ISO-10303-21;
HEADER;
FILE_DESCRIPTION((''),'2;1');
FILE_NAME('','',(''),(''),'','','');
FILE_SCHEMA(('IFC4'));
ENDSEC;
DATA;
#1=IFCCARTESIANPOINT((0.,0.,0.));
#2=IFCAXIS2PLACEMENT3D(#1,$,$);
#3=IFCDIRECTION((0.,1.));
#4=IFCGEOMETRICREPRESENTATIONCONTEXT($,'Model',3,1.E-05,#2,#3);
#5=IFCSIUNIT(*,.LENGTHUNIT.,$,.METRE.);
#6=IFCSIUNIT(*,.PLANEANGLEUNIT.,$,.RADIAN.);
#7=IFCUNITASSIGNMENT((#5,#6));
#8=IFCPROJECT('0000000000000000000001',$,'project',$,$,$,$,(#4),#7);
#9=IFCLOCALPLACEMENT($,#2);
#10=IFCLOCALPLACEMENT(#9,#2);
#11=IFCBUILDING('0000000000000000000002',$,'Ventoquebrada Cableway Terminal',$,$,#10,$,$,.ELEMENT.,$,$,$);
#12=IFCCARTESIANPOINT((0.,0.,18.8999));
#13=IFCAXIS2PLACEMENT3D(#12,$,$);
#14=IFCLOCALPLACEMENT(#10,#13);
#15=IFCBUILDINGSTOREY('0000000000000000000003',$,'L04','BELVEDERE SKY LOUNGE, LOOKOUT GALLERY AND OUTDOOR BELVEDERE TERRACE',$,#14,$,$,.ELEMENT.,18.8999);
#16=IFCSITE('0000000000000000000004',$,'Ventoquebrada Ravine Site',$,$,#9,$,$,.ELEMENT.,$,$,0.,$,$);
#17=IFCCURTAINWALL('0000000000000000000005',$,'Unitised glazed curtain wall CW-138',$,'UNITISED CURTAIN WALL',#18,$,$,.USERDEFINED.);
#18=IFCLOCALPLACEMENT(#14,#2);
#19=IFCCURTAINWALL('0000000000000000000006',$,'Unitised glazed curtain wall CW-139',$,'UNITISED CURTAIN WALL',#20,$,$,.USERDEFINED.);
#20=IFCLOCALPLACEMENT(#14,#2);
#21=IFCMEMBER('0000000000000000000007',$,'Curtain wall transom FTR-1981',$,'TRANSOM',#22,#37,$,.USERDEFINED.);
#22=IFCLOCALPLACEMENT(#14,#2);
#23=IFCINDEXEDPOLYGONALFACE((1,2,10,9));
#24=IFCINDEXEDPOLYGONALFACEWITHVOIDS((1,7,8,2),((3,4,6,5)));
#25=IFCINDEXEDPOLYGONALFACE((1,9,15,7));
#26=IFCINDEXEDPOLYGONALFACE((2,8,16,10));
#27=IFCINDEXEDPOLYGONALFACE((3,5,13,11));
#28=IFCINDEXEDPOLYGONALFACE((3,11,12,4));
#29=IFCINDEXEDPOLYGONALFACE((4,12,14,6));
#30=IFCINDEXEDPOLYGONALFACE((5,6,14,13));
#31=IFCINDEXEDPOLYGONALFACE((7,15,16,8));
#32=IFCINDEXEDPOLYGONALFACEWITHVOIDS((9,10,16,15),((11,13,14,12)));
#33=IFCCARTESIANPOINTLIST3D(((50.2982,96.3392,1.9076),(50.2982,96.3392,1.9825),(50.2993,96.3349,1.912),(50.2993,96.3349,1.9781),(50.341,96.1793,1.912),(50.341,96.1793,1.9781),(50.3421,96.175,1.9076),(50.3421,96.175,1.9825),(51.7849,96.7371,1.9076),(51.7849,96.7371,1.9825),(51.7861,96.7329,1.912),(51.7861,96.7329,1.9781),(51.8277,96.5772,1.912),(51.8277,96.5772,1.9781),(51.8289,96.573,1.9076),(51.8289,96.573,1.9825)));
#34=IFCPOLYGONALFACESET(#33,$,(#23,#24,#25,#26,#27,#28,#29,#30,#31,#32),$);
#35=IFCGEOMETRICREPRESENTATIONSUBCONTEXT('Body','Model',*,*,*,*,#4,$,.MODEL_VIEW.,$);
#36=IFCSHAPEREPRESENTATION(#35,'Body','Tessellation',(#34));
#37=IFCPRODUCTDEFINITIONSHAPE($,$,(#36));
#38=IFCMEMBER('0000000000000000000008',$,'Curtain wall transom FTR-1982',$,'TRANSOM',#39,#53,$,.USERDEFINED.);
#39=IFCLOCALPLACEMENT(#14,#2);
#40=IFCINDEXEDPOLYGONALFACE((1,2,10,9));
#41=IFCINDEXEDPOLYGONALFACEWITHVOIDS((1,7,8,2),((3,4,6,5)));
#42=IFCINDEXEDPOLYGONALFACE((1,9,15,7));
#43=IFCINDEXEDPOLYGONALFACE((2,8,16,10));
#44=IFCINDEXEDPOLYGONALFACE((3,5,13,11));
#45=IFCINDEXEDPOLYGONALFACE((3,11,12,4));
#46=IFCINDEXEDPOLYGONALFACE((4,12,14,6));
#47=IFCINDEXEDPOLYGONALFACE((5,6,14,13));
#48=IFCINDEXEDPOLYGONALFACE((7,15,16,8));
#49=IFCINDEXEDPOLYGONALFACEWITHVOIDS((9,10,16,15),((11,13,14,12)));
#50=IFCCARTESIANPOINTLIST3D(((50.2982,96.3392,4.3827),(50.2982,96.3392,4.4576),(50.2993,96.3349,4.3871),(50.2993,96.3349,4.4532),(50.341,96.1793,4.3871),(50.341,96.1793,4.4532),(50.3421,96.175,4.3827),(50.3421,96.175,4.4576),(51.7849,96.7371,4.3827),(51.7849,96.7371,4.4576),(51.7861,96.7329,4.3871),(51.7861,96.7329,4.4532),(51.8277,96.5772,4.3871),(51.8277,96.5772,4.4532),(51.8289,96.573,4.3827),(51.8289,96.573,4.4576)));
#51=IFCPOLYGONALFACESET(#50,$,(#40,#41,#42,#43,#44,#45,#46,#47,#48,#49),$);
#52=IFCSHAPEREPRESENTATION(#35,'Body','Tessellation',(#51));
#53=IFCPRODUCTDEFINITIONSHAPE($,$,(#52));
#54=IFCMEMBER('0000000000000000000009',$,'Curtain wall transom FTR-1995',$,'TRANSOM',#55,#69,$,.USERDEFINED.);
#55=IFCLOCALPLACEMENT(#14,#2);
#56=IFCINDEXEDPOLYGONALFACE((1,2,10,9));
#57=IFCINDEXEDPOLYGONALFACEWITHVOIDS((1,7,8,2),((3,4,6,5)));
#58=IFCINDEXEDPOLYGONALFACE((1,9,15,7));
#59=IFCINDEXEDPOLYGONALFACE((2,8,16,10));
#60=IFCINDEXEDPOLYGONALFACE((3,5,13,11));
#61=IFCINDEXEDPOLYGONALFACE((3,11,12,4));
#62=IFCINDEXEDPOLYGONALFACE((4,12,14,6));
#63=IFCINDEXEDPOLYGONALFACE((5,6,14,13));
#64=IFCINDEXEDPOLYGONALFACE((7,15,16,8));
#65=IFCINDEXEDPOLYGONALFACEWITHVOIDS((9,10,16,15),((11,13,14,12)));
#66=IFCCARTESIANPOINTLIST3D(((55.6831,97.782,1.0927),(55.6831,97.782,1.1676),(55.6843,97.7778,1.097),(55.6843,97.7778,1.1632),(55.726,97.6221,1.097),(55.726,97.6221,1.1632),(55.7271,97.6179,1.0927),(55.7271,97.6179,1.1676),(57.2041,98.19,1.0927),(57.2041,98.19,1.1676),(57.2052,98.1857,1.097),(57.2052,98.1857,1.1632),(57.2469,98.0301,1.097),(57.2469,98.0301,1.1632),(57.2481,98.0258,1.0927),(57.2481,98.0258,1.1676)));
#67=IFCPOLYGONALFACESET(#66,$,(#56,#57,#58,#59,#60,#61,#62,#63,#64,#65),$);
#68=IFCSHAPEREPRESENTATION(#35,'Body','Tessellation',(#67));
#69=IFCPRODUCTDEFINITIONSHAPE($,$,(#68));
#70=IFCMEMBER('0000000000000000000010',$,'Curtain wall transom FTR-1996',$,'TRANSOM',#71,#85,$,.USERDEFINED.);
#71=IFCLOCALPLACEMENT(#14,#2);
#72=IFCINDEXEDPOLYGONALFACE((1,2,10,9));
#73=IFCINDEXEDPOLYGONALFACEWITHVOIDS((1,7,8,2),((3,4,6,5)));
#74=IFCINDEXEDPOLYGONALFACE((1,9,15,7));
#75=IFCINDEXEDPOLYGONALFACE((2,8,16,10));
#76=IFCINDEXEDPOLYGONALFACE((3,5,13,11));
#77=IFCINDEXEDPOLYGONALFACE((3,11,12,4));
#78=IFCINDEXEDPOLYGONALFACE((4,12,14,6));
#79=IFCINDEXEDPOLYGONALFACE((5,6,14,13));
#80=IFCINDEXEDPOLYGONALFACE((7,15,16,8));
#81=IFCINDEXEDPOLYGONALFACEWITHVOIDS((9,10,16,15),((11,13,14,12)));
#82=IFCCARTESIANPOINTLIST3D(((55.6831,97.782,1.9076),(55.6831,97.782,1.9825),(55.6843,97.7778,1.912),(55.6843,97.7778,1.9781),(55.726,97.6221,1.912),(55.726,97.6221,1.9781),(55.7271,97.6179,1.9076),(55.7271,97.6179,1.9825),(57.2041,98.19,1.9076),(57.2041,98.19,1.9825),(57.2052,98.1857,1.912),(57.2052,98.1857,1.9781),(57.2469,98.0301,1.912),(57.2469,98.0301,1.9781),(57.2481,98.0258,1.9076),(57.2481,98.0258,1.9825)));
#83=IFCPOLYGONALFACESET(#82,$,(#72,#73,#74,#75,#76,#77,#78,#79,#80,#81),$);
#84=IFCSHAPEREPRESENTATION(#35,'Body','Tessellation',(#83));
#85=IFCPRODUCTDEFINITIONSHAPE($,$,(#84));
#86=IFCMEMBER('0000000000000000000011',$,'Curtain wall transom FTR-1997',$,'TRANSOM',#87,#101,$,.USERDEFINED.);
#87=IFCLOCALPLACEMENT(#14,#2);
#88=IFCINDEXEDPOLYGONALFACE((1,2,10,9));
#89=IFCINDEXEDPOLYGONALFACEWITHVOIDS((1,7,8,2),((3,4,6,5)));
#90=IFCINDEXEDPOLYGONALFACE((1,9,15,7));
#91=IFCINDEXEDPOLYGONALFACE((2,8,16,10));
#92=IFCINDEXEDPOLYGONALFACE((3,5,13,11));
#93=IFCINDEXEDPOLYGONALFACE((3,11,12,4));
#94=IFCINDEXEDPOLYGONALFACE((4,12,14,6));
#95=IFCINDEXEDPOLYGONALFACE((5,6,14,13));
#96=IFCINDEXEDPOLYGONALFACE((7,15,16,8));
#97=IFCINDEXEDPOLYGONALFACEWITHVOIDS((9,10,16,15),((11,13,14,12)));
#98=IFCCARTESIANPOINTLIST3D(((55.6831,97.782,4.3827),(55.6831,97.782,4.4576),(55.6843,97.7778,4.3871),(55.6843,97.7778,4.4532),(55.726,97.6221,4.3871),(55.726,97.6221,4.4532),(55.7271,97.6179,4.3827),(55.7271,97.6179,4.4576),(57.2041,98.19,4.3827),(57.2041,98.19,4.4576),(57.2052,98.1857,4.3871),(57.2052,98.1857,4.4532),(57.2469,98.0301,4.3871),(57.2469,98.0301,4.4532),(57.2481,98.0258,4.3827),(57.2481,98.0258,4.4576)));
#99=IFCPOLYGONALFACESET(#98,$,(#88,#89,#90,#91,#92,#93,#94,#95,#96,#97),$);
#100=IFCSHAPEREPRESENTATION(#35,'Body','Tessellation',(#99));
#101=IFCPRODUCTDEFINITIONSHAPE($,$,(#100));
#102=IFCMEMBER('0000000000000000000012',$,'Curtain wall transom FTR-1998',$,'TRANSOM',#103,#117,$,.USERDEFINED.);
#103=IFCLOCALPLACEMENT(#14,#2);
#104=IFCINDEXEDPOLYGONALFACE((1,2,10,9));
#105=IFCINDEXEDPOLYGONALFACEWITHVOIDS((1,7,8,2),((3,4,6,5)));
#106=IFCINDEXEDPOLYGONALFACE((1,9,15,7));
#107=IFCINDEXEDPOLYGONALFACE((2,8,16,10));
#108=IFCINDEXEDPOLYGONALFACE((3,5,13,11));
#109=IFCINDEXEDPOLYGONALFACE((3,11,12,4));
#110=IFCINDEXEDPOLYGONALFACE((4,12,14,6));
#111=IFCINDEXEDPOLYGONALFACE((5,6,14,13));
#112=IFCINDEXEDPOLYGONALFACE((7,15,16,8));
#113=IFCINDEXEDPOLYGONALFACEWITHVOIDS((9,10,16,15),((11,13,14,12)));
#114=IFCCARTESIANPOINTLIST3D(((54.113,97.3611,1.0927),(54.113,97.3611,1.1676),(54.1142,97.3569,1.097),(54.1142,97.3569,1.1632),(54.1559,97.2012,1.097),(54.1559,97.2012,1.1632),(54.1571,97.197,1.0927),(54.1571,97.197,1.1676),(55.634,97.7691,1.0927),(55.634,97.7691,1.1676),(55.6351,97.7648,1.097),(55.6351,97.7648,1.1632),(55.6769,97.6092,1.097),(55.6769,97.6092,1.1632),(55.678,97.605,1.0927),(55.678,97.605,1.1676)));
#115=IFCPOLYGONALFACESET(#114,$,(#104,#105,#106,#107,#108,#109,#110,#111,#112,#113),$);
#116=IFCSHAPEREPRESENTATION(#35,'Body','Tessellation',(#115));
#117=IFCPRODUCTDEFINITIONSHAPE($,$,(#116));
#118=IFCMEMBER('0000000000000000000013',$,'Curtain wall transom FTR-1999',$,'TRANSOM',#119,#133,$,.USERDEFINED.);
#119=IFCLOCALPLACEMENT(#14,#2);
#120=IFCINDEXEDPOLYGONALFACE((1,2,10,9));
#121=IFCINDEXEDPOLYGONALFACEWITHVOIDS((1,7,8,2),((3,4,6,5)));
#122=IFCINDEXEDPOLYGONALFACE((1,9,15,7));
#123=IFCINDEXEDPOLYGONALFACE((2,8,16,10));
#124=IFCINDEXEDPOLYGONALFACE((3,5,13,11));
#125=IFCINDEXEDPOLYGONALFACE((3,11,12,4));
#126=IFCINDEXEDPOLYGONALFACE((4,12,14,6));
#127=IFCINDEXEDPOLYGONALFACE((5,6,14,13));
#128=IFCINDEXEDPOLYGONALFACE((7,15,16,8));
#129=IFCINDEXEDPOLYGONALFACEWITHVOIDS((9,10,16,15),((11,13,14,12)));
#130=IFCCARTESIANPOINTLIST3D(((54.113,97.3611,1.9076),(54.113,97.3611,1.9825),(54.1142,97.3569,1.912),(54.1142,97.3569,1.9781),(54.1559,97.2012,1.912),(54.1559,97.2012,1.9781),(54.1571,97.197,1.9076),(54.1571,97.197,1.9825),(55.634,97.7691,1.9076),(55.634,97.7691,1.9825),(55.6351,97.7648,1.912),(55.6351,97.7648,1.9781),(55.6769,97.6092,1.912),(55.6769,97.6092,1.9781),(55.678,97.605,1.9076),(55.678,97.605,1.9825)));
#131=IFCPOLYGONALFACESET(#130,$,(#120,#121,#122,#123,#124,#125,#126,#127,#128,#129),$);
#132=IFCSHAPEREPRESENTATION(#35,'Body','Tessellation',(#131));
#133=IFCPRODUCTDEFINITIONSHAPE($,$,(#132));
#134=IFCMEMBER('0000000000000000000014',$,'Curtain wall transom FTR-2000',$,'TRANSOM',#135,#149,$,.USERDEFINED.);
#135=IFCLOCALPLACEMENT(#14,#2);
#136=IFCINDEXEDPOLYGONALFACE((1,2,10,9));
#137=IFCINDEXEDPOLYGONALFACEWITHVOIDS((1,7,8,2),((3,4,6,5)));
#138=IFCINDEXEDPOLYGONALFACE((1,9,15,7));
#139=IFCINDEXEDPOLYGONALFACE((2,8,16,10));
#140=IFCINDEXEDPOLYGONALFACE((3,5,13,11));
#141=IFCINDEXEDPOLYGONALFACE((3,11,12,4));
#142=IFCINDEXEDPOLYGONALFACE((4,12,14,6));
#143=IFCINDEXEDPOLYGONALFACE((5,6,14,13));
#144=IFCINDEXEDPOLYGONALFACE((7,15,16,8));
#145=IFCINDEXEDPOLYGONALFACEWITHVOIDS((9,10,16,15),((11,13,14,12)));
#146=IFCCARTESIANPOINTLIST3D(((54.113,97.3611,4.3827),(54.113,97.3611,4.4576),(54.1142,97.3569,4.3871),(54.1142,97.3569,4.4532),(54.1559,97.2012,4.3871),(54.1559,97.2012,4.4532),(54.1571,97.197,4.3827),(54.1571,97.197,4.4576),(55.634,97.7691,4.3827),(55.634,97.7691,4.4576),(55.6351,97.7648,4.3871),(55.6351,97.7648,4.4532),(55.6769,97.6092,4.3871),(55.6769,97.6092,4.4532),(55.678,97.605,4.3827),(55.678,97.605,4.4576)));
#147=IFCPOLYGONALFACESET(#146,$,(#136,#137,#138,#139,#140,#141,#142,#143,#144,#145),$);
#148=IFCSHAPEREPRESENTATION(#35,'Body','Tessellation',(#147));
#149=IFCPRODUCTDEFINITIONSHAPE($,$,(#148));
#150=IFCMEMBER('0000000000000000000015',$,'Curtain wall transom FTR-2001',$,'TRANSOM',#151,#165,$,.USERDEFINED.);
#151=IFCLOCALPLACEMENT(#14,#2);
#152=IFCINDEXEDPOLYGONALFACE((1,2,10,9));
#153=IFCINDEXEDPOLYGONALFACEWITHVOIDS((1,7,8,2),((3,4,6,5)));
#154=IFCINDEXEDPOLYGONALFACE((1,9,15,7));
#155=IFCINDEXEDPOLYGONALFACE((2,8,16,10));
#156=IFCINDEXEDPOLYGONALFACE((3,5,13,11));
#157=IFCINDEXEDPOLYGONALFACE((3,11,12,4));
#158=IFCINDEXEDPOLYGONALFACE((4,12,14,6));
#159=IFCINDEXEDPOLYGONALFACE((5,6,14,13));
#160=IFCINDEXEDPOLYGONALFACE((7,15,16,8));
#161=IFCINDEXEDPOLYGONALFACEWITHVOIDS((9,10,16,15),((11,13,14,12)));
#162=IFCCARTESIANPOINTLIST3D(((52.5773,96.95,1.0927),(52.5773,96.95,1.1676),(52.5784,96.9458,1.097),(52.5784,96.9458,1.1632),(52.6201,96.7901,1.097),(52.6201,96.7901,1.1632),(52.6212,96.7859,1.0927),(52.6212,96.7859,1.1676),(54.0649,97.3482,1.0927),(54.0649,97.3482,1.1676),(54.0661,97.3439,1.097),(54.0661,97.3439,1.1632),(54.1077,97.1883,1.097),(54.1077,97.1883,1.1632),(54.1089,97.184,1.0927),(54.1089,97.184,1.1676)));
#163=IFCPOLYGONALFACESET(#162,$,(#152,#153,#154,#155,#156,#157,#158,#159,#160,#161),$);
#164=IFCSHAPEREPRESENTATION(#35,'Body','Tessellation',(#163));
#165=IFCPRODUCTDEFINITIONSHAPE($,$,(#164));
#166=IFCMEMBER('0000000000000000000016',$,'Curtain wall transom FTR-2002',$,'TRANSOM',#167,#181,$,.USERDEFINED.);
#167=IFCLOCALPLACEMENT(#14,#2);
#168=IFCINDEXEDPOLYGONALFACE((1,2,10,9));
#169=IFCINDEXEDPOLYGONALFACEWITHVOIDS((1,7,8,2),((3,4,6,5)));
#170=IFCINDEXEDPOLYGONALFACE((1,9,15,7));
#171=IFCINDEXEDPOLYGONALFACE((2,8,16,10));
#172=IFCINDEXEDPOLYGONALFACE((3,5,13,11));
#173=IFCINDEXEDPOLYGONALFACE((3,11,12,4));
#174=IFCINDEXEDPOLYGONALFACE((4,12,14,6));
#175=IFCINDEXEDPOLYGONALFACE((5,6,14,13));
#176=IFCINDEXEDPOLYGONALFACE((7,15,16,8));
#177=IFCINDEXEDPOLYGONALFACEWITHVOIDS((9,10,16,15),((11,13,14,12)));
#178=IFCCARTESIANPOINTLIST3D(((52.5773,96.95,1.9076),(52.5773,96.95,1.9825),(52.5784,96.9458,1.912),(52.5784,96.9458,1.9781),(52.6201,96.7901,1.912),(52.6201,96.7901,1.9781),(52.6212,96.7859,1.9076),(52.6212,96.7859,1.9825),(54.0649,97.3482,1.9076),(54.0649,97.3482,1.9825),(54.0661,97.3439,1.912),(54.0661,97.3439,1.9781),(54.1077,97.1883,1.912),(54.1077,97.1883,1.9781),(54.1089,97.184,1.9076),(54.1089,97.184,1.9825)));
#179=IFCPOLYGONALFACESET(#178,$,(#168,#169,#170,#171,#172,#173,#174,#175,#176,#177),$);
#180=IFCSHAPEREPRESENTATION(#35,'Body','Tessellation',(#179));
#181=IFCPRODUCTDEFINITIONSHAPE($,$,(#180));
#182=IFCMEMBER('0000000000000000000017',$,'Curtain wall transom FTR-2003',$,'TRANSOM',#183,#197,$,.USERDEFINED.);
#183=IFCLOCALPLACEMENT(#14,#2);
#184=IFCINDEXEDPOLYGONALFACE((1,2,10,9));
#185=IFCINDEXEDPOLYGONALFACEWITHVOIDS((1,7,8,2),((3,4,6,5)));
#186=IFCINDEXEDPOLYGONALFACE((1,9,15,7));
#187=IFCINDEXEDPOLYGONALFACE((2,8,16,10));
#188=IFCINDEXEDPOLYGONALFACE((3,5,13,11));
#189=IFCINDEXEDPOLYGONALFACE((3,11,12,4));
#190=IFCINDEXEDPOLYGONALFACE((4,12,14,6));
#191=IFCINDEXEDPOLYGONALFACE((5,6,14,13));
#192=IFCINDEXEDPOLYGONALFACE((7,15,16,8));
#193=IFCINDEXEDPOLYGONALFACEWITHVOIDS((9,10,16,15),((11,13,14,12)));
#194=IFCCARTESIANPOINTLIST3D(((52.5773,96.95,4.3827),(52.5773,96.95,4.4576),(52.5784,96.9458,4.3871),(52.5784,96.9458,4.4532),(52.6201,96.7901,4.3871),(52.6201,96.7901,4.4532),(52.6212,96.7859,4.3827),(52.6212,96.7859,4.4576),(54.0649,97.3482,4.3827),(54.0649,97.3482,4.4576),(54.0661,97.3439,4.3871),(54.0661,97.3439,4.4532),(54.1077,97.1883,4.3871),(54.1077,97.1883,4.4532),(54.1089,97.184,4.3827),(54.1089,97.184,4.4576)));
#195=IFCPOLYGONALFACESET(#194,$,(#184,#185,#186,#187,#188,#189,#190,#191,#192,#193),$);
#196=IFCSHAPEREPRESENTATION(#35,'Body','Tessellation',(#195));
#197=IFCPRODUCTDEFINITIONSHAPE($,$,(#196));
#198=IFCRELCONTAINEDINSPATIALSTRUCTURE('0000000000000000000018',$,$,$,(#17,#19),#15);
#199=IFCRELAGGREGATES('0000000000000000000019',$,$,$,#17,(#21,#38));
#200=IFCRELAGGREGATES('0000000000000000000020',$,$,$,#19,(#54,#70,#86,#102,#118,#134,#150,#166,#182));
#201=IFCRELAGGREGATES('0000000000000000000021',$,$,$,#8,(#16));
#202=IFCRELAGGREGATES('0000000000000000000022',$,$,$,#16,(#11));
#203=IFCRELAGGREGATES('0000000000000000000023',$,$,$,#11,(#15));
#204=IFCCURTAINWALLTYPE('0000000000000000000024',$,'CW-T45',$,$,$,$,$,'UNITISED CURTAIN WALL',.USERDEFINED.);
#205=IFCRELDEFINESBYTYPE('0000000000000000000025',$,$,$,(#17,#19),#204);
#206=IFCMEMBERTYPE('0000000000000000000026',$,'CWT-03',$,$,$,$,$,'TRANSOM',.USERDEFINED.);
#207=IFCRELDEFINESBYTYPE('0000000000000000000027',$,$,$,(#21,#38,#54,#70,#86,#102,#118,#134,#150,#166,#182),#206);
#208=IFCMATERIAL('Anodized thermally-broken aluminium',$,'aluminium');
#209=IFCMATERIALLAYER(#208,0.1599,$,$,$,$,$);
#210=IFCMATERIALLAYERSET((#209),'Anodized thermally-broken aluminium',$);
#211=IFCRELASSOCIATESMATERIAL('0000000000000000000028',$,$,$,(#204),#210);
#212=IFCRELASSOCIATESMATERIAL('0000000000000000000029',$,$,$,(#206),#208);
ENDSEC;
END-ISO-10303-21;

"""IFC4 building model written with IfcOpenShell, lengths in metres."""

from ifc_helpers import new_model, si_unit, direction, frame, origin, origin_2d, place, context, subcontext, project, spatial, hollow_rectangle, extrude, material, layer, layer_set, material_profile, profile_set, type_object, element, aggregate, save


model = new_model("IFC4")

# Units and contexts
model_context = context("Model", 3, precision=1e-05, world=origin(), true_north=direction((0.0, 1.0)))
body_context = subcontext(model_context, "Body", "Model", "MODEL_VIEW")
ifc_project = project(units=[si_unit("LENGTHUNIT", "METRE"), si_unit("PLANEANGLEUNIT", "RADIAN")], contexts=[model_context])

# Site, building, storey
site_placement = place(None, origin())
site = spatial("IfcSite", under=ifc_project, at=site_placement, Name="Ventoquebrada Ravine Site", CompositionType="ELEMENT", RefElevation=0.0)
building_placement = place(site_placement, origin())
building = spatial("IfcBuilding", under=site, at=building_placement, Name="Ventoquebrada Cableway Terminal", CompositionType="ELEMENT")
storey_placement = place(building_placement, frame((0.0, 0.0, 18.8999)))
storey = spatial("IfcBuildingStorey", under=building, at=storey_placement, Name="L04", Description="BELVEDERE SKY LOUNGE, LOOKOUT GALLERY AND OUTDOOR BELVEDERE TERRACE", CompositionType="ELEMENT", Elevation=18.8999)

# Curtain wall
ifc_material_1 = material(Name="Anodized thermally-broken aluminium", Category="aluminium")
ifc_layer_1 = layer(ifc_material_1, 0.1599)
ifc_layer_set_1 = layer_set([ifc_layer_1], Name="Anodized thermally-broken aluminium")
curtain_wall_type = type_object("IfcCurtainWallType", Name="CW-T45", ElementType="UNITISED CURTAIN WALL", PredefinedType="USERDEFINED", material=ifc_layer_set_1)
curtain_wall_1_placement = place(storey_placement, origin())
curtain_wall_1 = element("IfcCurtainWall", 1, at=curtain_wall_1_placement, inside=storey, type_object=curtain_wall_type, Name="Unitised glazed curtain wall CW-138", ObjectType="UNITISED CURTAIN WALL", PredefinedType="USERDEFINED")

# Curtain wall
curtain_wall_2_placement = place(storey_placement, origin())
curtain_wall_2 = element("IfcCurtainWall", 2, at=curtain_wall_2_placement, inside=storey, type_object=curtain_wall_type, Name="Unitised glazed curtain wall CW-139", ObjectType="UNITISED CURTAIN WALL", PredefinedType="USERDEFINED")

# Members
ifc_material_profile_1 = material_profile(ifc_material_1, hollow_rectangle(XDim=0.075, YDim=0.1699, WallThickness=0.0044, at=origin_2d()), Name="CW-TRN-75X170")
ifc_profile_set_1 = profile_set([ifc_material_profile_1], Name="Anodized thermally-broken aluminium")
member_type_1 = type_object("IfcMemberType", Name="CWT-03", ElementType="TRANSOM", PredefinedType="USERDEFINED", material=ifc_profile_set_1)
member_1_placement = place(storey_placement, frame((51.8069, 96.655, 1.9451), z_axis=(-0.965998, -0.258551, 0.0), x_axis=(0.0, 0.0, 1.0)))
member_1 = element("IfcMember", 3, at=member_1_placement, type_object=member_type_1, Name="Curtain wall transom FTR-1981", ObjectType="TRANSOM", PredefinedType="USERDEFINED", context=body_context, shape_type="SweptSolid", body=[
    extrude(hollow_rectangle(XDim=0.075, YDim=0.1699, WallThickness=0.0044, at=origin_2d()), origin(), (0.0, 0.0, 1.0), 1.5391),
])
member_2_placement = place(storey_placement, frame((51.8069, 96.655, 4.4202), z_axis=(-0.965998, -0.258551, 0.0), x_axis=(0.0, 0.0, 1.0)))
member_2 = element("IfcMember", 4, at=member_2_placement, type_object=member_type_1, Name="Curtain wall transom FTR-1982", ObjectType="TRANSOM", PredefinedType="USERDEFINED", context=body_context, shape_type="SweptSolid", body=[
    extrude(hollow_rectangle(XDim=0.075, YDim=0.1699, WallThickness=0.0044, at=origin_2d()), origin(), (0.0, 0.0, 1.0), 1.5391),
])
member_3_placement = place(storey_placement, frame((57.2261, 98.1079, 1.1301), z_axis=(-0.965861, -0.259062, 0.0), x_axis=(0.0, 0.0, 1.0)))
member_3 = element("IfcMember", 5, at=member_3_placement, type_object=member_type_1, Name="Curtain wall transom FTR-1995", ObjectType="TRANSOM", PredefinedType="USERDEFINED", context=body_context, shape_type="SweptSolid", body=[
    extrude(hollow_rectangle(XDim=0.075, YDim=0.1699, WallThickness=0.0044, at=origin_2d()), origin(), (0.0, 0.0, 1.0), 1.5747),
])
member_4_placement = place(storey_placement, frame((57.2261, 98.1079, 1.9451), z_axis=(-0.965861, -0.259062, 0.0), x_axis=(0.0, 0.0, 1.0)))
member_4 = element("IfcMember", 6, at=member_4_placement, type_object=member_type_1, Name="Curtain wall transom FTR-1996", ObjectType="TRANSOM", PredefinedType="USERDEFINED", context=body_context, shape_type="SweptSolid", body=[
    extrude(hollow_rectangle(XDim=0.075, YDim=0.1699, WallThickness=0.0044, at=origin_2d()), origin(), (0.0, 0.0, 1.0), 1.5747),
])
member_5_placement = place(storey_placement, frame((57.2261, 98.1079, 4.4202), z_axis=(-0.965861, -0.259062, 0.0), x_axis=(0.0, 0.0, 1.0)))
member_5 = element("IfcMember", 7, at=member_5_placement, type_object=member_type_1, Name="Curtain wall transom FTR-1997", ObjectType="TRANSOM", PredefinedType="USERDEFINED", context=body_context, shape_type="SweptSolid", body=[
    extrude(hollow_rectangle(XDim=0.075, YDim=0.1699, WallThickness=0.0044, at=origin_2d()), origin(), (0.0, 0.0, 1.0), 1.5747),
])
member_6_placement = place(storey_placement, frame((55.656, 97.687, 1.1301), z_axis=(-0.965861, -0.259062, 0.0), x_axis=(0.0, 0.0, 1.0)))
member_6 = element("IfcMember", 8, at=member_6_placement, type_object=member_type_1, Name="Curtain wall transom FTR-1998", ObjectType="TRANSOM", PredefinedType="USERDEFINED", context=body_context, shape_type="SweptSolid", body=[
    extrude(hollow_rectangle(XDim=0.075, YDim=0.1699, WallThickness=0.0044, at=origin_2d()), origin(), (0.0, 0.0, 1.0), 1.5747),
])
member_7_placement = place(storey_placement, frame((55.656, 97.687, 1.9451), z_axis=(-0.965861, -0.259062, 0.0), x_axis=(0.0, 0.0, 1.0)))
member_7 = element("IfcMember", 9, at=member_7_placement, type_object=member_type_1, Name="Curtain wall transom FTR-1999", ObjectType="TRANSOM", PredefinedType="USERDEFINED", context=body_context, shape_type="SweptSolid", body=[
    extrude(hollow_rectangle(XDim=0.075, YDim=0.1699, WallThickness=0.0044, at=origin_2d()), origin(), (0.0, 0.0, 1.0), 1.5747),
])
member_8_placement = place(storey_placement, frame((55.656, 97.687, 4.4202), z_axis=(-0.965861, -0.259062, 0.0), x_axis=(0.0, 0.0, 1.0)))
member_8 = element("IfcMember", 10, at=member_8_placement, type_object=member_type_1, Name="Curtain wall transom FTR-2000", ObjectType="TRANSOM", PredefinedType="USERDEFINED", context=body_context, shape_type="SweptSolid", body=[
    extrude(hollow_rectangle(XDim=0.075, YDim=0.1699, WallThickness=0.0044, at=origin_2d()), origin(), (0.0, 0.0, 1.0), 1.5747),
])
member_9_placement = place(storey_placement, frame((54.0869, 97.2661, 1.1301), z_axis=(-0.966, -0.258541, 0.0), x_axis=(0.0, 0.0, 1.0)))
member_9 = element("IfcMember", 11, at=member_9_placement, type_object=member_type_1, Name="Curtain wall transom FTR-2001", ObjectType="TRANSOM", PredefinedType="USERDEFINED", context=body_context, shape_type="SweptSolid", body=[
    extrude(hollow_rectangle(XDim=0.075, YDim=0.1699, WallThickness=0.0044, at=origin_2d()), origin(), (0.0, 0.0, 1.0), 1.54),
])
member_10_placement = place(storey_placement, frame((54.0869, 97.2661, 1.9451), z_axis=(-0.966, -0.258541, 0.0), x_axis=(0.0, 0.0, 1.0)))
member_10 = element("IfcMember", 12, at=member_10_placement, type_object=member_type_1, Name="Curtain wall transom FTR-2002", ObjectType="TRANSOM", PredefinedType="USERDEFINED", context=body_context, shape_type="SweptSolid", body=[
    extrude(hollow_rectangle(XDim=0.075, YDim=0.1699, WallThickness=0.0044, at=origin_2d()), origin(), (0.0, 0.0, 1.0), 1.54),
])
member_11_placement = place(storey_placement, frame((54.0869, 97.2661, 4.4202), z_axis=(-0.966, -0.258541, 0.0), x_axis=(0.0, 0.0, 1.0)))
member_11 = element("IfcMember", 13, at=member_11_placement, type_object=member_type_1, Name="Curtain wall transom FTR-2003", ObjectType="TRANSOM", PredefinedType="USERDEFINED", context=body_context, shape_type="SweptSolid", body=[
    extrude(hollow_rectangle(XDim=0.075, YDim=0.1699, WallThickness=0.0044, at=origin_2d()), origin(), (0.0, 0.0, 1.0), 1.54),
])

aggregate(curtain_wall_1, [member_1, member_2])
aggregate(curtain_wall_2, [member_3, member_4, member_5, member_6, member_7, member_8, member_9, member_10, member_11])

save(model, "model.ifc")
